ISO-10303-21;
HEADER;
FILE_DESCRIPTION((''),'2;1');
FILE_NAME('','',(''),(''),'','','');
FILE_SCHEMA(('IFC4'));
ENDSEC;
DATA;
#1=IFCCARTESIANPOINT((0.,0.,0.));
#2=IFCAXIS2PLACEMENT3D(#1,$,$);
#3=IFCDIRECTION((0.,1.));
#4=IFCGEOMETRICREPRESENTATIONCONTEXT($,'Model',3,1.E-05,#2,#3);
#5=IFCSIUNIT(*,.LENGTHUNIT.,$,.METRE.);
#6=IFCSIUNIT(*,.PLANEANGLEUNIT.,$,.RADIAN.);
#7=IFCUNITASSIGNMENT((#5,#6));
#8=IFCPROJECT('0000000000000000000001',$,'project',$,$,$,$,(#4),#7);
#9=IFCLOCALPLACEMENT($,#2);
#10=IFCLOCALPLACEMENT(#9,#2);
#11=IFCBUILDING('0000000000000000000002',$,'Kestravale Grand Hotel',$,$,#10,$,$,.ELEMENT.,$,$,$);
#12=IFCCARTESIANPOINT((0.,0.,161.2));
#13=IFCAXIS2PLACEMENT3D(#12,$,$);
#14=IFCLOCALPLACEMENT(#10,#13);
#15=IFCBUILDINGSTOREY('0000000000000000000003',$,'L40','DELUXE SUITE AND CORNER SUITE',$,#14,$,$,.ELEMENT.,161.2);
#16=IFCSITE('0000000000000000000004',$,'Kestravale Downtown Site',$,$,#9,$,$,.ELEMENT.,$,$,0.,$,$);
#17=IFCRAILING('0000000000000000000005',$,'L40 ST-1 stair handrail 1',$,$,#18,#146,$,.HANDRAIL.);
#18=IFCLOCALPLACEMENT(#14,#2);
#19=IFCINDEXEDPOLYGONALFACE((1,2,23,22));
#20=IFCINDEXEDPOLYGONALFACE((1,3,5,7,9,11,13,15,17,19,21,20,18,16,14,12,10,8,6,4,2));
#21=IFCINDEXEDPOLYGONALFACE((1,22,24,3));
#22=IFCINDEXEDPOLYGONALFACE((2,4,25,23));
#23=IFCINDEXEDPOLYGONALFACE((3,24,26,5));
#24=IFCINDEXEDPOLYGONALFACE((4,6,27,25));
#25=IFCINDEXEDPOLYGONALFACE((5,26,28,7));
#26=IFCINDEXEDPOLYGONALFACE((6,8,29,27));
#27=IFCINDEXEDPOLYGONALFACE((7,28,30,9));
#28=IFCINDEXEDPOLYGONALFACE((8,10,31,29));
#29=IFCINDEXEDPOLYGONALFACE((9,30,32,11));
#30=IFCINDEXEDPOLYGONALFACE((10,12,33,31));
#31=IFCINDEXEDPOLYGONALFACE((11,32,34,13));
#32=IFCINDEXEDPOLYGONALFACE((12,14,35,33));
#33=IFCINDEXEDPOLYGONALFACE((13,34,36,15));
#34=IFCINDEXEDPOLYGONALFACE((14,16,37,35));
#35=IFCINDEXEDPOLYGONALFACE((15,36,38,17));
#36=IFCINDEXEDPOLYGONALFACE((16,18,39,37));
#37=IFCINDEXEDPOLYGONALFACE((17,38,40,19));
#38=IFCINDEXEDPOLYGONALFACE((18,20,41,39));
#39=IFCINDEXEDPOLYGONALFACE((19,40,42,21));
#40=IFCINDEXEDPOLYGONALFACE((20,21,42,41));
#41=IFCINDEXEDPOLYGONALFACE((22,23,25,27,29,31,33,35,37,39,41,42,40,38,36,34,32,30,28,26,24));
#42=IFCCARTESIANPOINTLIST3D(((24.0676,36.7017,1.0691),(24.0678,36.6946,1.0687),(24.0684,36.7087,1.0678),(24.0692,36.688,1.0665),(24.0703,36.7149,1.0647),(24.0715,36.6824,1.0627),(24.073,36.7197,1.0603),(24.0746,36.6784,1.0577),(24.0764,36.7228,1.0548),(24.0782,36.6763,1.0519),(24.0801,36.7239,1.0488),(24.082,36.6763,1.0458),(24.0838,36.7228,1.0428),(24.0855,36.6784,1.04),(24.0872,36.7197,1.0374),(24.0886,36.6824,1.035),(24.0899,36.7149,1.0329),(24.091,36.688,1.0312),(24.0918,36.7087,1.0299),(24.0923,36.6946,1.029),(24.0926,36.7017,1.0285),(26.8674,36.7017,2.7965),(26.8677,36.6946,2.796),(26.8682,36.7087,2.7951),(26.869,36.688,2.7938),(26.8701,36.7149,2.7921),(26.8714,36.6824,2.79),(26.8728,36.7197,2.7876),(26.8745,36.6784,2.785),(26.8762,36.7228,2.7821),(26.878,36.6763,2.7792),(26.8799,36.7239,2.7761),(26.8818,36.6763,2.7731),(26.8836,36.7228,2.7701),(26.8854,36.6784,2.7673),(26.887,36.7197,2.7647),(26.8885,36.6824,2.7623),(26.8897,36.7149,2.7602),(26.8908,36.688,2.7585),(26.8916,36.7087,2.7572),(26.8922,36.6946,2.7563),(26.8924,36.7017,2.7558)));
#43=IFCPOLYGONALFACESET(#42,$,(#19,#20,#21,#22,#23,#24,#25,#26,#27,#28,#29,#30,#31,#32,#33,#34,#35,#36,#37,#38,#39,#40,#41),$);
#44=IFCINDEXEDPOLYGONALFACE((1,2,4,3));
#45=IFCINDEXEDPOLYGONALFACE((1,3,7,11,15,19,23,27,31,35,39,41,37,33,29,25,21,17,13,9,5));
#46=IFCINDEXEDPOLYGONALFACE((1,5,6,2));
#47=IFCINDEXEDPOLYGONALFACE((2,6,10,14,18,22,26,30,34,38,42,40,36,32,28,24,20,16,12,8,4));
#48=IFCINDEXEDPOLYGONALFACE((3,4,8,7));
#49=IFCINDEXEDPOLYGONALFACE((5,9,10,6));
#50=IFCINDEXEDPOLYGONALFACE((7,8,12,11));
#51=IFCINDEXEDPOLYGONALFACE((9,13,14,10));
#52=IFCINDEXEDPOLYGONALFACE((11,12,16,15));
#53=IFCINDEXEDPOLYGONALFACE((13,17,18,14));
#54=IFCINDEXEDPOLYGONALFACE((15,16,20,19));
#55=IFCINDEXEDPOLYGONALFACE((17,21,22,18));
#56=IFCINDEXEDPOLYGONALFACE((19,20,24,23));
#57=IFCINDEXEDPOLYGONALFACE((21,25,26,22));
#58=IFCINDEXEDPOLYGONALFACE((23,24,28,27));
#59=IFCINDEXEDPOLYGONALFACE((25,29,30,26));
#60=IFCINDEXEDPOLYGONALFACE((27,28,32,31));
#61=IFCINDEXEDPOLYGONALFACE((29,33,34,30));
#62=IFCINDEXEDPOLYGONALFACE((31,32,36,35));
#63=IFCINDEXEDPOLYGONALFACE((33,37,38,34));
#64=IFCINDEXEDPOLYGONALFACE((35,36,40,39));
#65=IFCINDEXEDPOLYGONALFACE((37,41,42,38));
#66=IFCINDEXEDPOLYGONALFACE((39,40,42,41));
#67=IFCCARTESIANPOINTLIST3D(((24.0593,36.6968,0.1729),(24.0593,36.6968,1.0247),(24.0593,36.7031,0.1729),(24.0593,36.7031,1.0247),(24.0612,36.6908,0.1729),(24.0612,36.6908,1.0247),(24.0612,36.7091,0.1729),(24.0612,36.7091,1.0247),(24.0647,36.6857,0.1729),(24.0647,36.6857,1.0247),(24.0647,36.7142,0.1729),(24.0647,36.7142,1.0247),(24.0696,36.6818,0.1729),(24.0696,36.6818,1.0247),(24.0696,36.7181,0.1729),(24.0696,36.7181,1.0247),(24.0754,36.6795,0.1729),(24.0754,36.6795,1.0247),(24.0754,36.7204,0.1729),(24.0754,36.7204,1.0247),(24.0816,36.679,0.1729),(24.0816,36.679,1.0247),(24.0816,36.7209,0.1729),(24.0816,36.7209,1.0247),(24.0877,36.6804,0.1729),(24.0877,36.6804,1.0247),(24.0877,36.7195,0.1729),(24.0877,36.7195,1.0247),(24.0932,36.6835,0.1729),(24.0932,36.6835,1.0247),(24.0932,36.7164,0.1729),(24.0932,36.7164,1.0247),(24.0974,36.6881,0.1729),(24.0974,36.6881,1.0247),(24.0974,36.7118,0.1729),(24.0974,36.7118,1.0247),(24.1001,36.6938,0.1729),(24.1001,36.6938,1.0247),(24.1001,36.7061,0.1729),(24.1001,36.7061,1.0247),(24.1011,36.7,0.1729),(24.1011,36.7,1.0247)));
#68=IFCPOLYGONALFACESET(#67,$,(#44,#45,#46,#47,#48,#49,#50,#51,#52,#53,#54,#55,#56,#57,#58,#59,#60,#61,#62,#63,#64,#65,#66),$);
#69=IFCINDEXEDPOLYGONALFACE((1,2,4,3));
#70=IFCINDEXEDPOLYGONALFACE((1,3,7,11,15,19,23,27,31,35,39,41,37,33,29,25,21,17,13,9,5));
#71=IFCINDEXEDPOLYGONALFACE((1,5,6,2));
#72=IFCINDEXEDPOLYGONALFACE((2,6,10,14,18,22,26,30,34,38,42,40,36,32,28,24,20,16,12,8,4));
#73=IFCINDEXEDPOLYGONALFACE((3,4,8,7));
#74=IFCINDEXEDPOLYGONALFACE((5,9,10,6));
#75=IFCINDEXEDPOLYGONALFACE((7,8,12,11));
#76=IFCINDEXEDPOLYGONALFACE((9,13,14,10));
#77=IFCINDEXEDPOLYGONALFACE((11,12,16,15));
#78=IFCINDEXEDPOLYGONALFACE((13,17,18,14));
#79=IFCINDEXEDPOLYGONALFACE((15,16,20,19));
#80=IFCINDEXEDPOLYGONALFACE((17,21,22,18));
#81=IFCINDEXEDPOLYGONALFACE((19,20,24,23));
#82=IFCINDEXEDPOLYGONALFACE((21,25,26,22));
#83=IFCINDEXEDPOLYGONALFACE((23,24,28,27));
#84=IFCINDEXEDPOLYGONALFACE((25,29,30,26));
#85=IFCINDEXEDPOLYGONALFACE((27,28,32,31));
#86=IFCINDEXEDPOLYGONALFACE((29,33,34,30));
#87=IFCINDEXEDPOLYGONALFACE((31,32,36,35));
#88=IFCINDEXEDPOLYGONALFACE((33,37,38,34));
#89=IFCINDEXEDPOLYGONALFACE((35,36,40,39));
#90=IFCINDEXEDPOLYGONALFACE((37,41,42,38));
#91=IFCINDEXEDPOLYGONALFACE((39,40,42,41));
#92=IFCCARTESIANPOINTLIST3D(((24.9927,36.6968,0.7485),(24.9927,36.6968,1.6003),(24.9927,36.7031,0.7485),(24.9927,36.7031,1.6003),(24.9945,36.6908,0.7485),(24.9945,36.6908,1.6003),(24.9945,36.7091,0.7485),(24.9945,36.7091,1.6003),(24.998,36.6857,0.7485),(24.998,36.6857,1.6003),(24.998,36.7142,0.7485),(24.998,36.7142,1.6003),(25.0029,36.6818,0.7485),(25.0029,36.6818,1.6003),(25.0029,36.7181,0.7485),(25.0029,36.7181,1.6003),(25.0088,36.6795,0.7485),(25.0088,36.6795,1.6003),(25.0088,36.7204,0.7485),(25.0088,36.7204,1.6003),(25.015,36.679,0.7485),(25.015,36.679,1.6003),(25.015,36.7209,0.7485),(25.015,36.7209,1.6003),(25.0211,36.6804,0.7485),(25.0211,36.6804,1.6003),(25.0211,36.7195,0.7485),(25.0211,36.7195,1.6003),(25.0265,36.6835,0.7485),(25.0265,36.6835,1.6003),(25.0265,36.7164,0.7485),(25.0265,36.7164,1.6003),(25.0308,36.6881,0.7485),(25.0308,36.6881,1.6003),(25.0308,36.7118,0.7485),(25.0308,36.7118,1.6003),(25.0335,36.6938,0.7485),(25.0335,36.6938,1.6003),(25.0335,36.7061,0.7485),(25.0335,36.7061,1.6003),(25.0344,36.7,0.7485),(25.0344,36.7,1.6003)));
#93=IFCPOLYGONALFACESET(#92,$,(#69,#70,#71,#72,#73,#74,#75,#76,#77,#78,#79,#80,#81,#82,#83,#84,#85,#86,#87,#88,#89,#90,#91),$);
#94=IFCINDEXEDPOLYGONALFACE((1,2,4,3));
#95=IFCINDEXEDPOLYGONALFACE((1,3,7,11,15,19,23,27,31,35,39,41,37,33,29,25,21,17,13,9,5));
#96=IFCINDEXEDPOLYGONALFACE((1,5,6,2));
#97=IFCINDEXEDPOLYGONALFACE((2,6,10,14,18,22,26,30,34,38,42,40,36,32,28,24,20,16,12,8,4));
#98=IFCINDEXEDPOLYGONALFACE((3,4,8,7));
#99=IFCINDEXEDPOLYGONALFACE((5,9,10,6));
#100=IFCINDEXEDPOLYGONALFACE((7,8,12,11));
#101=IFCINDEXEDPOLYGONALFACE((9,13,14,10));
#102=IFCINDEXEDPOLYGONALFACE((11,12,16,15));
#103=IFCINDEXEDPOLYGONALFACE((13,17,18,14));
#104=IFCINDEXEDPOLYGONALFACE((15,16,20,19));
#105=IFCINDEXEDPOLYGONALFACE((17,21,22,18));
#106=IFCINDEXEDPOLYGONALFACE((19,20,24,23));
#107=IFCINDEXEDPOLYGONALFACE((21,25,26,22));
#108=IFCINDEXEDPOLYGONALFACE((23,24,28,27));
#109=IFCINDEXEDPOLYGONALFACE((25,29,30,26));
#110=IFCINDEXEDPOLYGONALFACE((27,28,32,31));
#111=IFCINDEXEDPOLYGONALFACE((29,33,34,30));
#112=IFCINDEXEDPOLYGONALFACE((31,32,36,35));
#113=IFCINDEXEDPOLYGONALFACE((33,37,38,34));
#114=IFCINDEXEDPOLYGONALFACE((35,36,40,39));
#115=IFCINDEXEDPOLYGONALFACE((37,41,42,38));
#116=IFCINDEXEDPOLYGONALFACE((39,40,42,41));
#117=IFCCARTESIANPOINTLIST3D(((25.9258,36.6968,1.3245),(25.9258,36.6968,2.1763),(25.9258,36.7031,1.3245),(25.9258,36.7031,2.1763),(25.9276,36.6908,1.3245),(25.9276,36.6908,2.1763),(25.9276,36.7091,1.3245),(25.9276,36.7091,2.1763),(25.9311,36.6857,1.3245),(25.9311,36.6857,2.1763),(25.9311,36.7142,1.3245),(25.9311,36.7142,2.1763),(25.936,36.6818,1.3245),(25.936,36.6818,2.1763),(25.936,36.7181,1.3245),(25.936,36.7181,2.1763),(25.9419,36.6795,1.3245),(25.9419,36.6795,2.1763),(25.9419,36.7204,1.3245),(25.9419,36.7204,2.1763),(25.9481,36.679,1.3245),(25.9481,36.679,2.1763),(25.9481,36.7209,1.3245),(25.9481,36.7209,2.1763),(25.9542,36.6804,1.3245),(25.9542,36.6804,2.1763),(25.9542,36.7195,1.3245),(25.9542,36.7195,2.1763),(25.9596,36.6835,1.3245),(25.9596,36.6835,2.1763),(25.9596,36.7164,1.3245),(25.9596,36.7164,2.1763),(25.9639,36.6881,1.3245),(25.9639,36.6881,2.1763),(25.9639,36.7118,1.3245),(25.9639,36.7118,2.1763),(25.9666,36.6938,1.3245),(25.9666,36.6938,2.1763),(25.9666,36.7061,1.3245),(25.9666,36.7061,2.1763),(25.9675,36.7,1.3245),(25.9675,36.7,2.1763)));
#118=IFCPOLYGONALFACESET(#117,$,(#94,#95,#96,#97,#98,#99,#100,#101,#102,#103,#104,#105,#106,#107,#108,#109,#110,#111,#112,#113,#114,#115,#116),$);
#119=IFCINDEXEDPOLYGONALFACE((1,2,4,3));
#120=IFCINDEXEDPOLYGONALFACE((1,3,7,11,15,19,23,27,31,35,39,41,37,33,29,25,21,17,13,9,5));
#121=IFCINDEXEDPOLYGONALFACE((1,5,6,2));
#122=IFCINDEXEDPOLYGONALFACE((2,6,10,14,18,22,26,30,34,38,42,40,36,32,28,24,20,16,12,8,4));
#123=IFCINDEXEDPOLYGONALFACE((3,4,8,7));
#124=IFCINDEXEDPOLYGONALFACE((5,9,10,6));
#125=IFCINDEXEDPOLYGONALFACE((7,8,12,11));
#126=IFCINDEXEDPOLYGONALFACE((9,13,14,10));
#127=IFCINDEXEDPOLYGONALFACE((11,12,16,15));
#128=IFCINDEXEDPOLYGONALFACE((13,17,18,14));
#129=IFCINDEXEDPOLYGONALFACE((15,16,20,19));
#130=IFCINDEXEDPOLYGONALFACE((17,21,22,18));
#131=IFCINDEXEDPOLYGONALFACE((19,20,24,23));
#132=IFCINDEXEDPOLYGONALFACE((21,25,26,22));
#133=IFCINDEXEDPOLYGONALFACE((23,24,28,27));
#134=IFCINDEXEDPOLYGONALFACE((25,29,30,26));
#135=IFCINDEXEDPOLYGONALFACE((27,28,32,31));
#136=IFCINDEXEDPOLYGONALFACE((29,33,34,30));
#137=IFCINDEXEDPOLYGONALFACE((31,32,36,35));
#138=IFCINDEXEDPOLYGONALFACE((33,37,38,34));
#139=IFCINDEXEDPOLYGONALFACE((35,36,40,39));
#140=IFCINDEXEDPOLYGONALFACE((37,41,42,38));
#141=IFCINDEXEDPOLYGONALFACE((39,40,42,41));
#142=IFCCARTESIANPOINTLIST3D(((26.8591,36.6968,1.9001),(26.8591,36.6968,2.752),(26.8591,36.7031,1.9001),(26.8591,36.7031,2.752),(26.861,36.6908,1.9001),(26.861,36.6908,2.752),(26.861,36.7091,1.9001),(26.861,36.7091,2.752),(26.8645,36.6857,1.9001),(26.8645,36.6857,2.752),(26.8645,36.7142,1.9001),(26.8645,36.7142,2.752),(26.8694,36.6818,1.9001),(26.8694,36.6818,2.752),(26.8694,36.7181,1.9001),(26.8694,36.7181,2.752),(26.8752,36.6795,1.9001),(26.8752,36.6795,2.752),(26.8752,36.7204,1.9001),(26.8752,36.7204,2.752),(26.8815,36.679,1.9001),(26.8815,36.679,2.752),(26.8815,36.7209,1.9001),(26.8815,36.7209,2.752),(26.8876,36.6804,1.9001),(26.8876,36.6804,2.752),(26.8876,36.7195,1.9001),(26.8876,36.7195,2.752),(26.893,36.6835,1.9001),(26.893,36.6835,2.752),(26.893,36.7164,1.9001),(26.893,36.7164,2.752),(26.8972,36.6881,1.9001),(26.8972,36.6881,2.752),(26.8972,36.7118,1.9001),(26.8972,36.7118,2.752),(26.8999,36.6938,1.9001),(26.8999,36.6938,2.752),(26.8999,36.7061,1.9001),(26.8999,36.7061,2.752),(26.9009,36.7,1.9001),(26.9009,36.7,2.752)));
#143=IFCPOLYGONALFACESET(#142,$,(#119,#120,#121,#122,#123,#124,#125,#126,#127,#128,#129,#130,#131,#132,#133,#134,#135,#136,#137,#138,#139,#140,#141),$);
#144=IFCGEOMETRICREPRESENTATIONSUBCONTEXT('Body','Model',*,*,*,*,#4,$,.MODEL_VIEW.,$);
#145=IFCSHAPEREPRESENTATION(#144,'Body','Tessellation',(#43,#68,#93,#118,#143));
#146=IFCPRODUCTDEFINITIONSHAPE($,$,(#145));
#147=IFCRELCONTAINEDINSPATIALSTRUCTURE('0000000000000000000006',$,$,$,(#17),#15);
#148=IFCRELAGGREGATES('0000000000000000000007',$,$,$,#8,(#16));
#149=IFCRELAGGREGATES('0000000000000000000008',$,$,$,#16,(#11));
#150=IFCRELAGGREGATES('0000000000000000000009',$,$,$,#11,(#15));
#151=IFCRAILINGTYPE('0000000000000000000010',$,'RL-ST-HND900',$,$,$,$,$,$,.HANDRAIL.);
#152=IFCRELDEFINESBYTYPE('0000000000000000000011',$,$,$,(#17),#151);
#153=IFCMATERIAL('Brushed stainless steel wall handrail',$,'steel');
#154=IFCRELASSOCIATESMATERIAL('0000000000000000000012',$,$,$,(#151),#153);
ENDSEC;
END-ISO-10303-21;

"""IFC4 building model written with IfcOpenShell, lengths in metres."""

from ifc_helpers import new_model, si_unit, direction, frame, origin, origin_2d, place, context, subcontext, project, spatial, circle, extrude, material, type_object, element, save


model = new_model("IFC4")

# Units and contexts
model_context = context("Model", 3, precision=1e-05, world=origin(), true_north=direction((0.0, 1.0)))
body_context = subcontext(model_context, "Body", "Model", "MODEL_VIEW")
ifc_project = project(units=[si_unit("LENGTHUNIT", "METRE"), si_unit("PLANEANGLEUNIT", "RADIAN")], contexts=[model_context])

# Site, building, storey
site_placement = place(None, origin())
site = spatial("IfcSite", under=ifc_project, at=site_placement, Name="Kestravale Downtown Site", CompositionType="ELEMENT", RefElevation=0.0)
building_placement = place(site_placement, origin())
building = spatial("IfcBuilding", under=site, at=building_placement, Name="Kestravale Grand Hotel", CompositionType="ELEMENT")
storey_placement = place(building_placement, frame((0.0, 0.0, 161.2)))
storey = spatial("IfcBuildingStorey", under=building, at=storey_placement, Name="L40", Description="DELUXE SUITE AND CORNER SUITE", CompositionType="ELEMENT", Elevation=161.2)

# Railing
ifc_material_1 = material(Name="Brushed stainless steel wall handrail", Category="steel")
railing_type_1 = type_object("IfcRailingType", Name="RL-ST-HND900", PredefinedType="HANDRAIL", material=ifc_material_1)
railing_1_placement = place(storey_placement, frame((24.0801, 36.7, 0.1729)))
element("IfcRailing", 1, at=railing_1_placement, inside=storey, type_object=railing_type_1, Name="L40 ST-1 stair handrail 1", PredefinedType="HANDRAIL", context=body_context, shape_type="SweptSolid", body=[
    extrude(circle(Radius=0.0239, at=origin_2d()), frame((0.0, 0.0, 0.876), z_axis=(0.851069, 0.0, 0.525054), x_axis=(0.0, 1.0, 0.0)), (0.0, 0.0, 1.0), 3.2898),
    extrude(circle(Radius=0.021, at=origin_2d()), origin(), (0.0, 0.0, 1.0), 0.8518),
    extrude(circle(Radius=0.021, at=origin_2d()), frame((0.9333, 0.0, 0.5757)), (0.0, 0.0, 1.0), 0.8518),
    extrude(circle(Radius=0.021, at=origin_2d()), frame((1.8665, 0.0, 1.1516)), (0.0, 0.0, 1.0), 0.8518),
    extrude(circle(Radius=0.021, at=origin_2d()), frame((2.7998, 0.0, 1.7273)), (0.0, 0.0, 1.0), 0.8518),
])

save(model, "model.ifc")
